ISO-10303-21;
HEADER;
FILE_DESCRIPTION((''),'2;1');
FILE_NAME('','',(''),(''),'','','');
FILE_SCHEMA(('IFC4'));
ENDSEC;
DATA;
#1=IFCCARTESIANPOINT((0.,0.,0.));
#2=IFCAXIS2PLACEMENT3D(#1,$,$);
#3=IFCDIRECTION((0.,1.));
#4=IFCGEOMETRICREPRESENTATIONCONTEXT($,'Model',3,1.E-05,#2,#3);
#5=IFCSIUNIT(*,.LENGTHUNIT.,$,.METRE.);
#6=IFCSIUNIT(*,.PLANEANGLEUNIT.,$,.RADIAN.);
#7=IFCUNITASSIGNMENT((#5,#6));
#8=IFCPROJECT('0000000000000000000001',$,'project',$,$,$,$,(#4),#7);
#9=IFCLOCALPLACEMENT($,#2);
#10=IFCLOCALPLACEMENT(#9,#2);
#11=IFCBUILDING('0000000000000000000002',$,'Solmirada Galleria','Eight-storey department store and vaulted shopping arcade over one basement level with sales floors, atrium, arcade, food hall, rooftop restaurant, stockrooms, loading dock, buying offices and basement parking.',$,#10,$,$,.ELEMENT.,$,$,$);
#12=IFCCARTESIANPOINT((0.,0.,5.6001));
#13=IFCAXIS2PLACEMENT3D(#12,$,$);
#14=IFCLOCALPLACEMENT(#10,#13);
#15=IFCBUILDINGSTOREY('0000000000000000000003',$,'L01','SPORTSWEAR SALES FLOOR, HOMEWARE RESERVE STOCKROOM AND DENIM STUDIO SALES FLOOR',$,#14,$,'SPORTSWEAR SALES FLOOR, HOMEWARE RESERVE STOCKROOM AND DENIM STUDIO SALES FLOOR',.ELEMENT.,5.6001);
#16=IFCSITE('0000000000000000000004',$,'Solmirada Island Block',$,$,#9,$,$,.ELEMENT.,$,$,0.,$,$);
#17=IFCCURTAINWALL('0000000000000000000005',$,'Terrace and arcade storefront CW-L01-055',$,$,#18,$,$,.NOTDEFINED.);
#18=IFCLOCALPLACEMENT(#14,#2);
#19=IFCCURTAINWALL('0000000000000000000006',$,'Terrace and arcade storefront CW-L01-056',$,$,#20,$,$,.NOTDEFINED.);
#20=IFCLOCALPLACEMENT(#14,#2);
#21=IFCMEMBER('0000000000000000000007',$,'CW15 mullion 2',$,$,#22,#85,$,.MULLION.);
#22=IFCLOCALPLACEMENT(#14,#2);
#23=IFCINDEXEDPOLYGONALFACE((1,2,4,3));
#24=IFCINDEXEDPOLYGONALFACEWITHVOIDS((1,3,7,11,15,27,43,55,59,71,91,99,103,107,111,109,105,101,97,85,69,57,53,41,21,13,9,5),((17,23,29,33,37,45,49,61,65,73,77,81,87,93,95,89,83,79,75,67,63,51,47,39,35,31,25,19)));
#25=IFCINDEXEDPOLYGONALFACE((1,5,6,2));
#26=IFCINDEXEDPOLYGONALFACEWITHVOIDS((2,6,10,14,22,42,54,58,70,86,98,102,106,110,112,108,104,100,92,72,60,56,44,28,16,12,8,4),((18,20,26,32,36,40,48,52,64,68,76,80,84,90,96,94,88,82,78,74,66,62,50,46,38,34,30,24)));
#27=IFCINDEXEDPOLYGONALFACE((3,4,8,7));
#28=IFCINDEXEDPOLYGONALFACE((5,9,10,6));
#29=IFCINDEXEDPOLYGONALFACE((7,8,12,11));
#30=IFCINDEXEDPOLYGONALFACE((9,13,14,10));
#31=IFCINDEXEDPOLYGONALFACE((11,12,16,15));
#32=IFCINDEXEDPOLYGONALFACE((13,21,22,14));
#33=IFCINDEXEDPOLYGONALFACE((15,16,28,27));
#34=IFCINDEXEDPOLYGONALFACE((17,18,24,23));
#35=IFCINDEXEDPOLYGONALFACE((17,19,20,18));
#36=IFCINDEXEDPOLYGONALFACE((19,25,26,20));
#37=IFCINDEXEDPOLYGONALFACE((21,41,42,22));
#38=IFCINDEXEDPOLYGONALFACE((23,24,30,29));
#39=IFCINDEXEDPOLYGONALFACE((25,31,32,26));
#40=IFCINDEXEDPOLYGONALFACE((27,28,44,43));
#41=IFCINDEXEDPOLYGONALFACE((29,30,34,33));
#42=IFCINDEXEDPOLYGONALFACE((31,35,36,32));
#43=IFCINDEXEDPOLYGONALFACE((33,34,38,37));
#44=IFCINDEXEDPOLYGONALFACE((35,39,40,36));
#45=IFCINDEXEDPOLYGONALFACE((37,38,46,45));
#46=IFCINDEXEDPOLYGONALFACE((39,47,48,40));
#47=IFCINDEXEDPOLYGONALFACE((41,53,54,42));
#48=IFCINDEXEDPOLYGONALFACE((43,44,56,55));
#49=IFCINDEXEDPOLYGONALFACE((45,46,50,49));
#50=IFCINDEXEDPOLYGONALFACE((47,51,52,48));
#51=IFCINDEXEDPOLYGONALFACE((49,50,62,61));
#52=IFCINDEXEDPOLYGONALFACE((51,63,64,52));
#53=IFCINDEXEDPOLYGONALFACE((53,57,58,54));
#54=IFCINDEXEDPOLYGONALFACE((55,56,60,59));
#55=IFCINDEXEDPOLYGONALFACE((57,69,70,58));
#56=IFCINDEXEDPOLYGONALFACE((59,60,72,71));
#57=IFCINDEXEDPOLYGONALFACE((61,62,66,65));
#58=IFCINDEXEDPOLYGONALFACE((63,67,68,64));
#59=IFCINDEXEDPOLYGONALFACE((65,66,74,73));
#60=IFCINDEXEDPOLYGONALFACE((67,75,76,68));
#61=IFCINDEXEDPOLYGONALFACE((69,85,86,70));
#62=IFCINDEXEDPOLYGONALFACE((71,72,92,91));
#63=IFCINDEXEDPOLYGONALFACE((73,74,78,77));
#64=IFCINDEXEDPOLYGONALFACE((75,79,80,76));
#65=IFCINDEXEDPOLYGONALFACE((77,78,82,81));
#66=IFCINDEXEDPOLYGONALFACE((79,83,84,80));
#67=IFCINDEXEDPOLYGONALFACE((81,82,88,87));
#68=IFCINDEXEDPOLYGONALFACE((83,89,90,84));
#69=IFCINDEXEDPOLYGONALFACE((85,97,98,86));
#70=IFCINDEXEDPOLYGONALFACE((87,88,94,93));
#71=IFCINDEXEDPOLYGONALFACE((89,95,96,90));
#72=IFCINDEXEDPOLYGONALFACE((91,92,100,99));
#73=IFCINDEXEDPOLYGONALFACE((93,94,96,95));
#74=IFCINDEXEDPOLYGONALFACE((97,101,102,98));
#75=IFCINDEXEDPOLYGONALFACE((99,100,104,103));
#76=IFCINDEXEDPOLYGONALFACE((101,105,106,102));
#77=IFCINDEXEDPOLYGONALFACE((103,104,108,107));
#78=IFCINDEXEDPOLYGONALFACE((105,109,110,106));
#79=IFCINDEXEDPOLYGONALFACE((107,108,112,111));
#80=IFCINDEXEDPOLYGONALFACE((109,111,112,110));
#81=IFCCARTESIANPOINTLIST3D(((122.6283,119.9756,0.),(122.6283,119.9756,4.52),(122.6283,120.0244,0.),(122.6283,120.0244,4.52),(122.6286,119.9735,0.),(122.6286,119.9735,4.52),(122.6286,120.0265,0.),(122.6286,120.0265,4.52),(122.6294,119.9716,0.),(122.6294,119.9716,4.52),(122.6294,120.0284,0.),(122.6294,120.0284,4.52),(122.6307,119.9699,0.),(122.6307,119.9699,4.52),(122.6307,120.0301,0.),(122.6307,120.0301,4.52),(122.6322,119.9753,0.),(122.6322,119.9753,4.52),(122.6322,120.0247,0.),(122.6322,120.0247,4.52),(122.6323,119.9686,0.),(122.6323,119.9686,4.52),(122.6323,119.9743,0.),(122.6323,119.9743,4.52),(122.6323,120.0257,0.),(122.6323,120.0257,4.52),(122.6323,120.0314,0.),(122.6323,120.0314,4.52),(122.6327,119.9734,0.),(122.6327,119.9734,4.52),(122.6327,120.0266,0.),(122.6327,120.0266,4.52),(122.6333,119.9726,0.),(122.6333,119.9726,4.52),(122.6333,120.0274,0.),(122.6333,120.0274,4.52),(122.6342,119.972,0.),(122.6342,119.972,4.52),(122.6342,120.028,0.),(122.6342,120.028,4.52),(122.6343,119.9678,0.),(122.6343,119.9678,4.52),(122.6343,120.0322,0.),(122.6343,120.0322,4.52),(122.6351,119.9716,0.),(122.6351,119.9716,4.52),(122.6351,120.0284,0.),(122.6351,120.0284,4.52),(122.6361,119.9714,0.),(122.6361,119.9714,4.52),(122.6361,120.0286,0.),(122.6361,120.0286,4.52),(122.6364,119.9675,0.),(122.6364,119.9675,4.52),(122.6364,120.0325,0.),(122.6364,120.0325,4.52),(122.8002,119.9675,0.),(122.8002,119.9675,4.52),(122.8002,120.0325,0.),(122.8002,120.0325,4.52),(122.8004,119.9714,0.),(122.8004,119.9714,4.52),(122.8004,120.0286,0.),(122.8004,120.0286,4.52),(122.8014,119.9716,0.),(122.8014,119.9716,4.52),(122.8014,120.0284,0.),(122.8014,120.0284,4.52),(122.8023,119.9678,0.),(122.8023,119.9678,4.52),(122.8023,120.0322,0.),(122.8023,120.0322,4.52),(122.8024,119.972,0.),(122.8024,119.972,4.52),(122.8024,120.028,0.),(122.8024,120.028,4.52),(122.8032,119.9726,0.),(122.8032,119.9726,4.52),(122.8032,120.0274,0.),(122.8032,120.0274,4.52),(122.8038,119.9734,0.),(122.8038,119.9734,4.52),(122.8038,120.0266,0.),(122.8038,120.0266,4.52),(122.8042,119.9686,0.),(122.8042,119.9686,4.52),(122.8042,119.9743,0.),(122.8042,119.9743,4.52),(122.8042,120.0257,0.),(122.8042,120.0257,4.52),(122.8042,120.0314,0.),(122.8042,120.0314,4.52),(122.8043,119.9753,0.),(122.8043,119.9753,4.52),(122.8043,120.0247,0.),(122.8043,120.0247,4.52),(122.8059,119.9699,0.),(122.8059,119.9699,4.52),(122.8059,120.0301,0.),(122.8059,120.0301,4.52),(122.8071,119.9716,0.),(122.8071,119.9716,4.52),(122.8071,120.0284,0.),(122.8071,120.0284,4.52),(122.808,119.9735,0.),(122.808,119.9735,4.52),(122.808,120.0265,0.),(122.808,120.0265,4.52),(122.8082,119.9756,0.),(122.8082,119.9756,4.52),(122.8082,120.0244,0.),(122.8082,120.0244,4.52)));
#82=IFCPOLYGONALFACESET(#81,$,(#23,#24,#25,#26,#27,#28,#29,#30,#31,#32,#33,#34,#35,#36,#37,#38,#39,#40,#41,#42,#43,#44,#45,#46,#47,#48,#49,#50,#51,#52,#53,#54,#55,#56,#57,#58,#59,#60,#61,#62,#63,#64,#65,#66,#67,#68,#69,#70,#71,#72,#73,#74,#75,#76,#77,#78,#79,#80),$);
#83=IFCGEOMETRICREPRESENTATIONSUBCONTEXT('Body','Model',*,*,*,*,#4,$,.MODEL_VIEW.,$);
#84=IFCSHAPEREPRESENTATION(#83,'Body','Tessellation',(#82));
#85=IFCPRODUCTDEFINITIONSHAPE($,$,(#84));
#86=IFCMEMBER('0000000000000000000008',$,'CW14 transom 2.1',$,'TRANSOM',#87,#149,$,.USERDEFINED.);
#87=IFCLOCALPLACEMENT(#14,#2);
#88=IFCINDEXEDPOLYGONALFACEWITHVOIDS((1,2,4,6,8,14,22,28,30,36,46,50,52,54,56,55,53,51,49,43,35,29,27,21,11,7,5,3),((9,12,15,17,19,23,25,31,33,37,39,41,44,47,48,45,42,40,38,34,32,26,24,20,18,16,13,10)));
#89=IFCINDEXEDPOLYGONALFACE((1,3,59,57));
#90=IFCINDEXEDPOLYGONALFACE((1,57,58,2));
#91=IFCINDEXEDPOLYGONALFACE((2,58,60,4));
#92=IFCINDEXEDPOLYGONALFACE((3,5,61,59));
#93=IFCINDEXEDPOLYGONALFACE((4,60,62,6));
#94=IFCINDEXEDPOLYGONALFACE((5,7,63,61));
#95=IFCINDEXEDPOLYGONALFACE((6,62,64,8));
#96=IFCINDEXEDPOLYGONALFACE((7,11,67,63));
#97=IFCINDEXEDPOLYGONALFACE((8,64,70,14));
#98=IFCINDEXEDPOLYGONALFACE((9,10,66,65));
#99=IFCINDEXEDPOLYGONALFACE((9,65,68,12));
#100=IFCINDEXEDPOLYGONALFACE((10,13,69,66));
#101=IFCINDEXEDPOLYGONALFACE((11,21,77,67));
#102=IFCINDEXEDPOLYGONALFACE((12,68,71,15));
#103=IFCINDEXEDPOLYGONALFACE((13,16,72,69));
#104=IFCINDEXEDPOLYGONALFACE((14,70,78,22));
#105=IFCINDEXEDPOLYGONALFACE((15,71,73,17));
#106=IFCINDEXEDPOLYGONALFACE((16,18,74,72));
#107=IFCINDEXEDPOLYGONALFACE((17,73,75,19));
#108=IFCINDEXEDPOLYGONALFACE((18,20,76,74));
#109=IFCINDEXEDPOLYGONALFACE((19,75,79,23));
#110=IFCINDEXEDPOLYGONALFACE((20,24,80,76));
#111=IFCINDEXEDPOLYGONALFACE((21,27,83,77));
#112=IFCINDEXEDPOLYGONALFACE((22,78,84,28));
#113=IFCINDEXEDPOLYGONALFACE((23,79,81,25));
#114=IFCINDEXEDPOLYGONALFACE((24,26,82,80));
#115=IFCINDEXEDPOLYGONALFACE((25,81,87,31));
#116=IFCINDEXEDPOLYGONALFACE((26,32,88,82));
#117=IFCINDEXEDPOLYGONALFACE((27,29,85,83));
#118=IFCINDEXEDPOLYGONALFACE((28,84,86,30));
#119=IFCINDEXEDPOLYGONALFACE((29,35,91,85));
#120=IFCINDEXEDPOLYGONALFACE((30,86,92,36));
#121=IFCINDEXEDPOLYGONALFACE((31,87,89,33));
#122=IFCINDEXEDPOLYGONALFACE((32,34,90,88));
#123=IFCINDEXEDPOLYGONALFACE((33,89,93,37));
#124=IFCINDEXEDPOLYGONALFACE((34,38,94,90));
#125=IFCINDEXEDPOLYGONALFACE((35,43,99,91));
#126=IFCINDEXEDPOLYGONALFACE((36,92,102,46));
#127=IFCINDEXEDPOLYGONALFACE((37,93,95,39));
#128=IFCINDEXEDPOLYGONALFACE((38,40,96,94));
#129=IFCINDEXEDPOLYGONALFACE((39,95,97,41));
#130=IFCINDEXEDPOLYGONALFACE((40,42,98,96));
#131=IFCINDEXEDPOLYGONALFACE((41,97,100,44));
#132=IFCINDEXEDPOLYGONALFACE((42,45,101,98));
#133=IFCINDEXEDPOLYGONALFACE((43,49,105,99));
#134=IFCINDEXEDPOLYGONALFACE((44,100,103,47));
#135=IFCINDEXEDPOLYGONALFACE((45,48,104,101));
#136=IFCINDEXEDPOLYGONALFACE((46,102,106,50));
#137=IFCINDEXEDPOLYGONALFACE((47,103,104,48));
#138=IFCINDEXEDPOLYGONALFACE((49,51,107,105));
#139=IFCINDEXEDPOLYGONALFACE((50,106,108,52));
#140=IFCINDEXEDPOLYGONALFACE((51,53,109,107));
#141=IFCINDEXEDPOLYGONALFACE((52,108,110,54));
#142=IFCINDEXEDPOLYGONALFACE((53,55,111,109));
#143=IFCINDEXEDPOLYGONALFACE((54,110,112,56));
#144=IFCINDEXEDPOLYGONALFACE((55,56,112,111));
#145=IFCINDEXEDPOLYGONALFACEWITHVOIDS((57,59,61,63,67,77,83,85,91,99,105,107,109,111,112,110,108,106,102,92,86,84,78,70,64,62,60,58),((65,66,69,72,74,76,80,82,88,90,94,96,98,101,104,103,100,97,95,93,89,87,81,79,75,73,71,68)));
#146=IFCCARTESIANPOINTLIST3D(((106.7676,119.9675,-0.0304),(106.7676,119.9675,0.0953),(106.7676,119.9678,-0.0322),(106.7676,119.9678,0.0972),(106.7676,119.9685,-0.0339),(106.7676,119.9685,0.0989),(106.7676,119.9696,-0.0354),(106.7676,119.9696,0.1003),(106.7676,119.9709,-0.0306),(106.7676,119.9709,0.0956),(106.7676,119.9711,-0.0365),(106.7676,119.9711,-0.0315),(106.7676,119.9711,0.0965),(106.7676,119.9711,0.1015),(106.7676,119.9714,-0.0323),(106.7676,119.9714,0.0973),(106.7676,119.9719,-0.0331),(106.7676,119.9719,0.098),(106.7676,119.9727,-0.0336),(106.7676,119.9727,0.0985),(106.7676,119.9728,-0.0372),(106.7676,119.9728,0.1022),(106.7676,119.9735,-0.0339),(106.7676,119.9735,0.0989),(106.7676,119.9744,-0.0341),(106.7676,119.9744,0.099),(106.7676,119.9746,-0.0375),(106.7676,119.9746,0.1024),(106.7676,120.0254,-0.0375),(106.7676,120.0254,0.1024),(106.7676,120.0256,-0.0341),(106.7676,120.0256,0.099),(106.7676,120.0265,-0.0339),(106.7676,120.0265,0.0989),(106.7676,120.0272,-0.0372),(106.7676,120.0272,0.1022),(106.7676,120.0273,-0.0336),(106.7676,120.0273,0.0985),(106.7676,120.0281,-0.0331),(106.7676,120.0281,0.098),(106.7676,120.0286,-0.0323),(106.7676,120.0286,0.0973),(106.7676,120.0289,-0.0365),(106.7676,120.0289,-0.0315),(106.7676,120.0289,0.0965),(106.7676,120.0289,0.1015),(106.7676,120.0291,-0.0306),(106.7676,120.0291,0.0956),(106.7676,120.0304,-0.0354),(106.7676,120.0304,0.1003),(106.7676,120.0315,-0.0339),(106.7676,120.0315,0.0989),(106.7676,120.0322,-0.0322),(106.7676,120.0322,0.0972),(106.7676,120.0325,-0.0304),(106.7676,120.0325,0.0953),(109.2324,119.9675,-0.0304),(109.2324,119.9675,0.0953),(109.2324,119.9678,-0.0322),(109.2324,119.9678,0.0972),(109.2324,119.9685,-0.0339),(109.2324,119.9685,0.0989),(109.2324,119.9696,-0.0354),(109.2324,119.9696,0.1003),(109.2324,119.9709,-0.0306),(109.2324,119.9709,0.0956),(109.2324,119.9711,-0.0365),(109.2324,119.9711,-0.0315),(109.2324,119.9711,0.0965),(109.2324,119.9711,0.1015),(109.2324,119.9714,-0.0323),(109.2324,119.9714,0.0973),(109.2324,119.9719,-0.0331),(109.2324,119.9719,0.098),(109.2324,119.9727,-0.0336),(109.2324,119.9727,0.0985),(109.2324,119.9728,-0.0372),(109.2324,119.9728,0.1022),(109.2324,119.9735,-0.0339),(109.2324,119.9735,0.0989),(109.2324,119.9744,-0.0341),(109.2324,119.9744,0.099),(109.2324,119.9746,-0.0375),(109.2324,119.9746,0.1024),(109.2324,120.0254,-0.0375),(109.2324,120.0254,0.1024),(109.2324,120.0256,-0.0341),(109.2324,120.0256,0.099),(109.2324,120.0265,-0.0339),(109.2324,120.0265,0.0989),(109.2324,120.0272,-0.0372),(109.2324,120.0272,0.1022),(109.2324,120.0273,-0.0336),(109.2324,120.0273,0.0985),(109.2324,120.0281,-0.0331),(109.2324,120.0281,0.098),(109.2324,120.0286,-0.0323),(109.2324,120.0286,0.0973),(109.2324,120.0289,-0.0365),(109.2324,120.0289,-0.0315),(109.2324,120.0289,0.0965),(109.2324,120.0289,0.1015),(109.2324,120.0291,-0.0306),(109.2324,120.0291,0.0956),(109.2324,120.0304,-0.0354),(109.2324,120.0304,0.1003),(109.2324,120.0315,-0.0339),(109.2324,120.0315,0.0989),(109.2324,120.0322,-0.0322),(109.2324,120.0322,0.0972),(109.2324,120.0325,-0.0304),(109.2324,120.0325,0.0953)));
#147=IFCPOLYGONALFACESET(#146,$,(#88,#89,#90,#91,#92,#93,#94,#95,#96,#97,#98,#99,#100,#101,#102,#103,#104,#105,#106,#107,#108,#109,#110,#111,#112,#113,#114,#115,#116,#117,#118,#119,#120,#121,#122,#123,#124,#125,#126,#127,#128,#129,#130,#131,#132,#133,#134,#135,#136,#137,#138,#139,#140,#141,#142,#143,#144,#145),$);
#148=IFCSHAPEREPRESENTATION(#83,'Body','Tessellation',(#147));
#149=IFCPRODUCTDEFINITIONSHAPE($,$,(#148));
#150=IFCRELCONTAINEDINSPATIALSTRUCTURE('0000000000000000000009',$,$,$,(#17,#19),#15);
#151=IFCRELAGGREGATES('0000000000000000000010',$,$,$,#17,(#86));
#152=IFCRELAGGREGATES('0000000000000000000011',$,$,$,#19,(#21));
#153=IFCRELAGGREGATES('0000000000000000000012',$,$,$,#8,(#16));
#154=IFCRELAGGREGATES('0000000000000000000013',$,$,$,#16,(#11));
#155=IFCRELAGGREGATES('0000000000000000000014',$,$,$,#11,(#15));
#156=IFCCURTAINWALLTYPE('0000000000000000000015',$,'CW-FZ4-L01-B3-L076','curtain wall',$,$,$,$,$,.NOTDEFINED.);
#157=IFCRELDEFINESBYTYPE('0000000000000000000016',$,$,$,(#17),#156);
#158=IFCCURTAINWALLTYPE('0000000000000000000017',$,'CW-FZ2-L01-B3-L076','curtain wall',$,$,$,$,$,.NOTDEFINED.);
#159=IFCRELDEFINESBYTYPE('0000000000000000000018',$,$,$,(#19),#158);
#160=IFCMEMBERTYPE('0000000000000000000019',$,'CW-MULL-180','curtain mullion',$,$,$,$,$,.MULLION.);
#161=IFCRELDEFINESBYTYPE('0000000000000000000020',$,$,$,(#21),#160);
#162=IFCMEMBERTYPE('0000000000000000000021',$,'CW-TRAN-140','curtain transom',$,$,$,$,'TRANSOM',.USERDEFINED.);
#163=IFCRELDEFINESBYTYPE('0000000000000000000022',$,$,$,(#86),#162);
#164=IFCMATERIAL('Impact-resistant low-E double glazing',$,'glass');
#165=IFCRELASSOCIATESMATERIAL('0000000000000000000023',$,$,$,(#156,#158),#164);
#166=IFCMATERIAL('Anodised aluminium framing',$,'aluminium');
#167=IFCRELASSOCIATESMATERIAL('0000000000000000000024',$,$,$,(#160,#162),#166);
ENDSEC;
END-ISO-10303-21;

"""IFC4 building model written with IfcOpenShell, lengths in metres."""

from ifc_helpers import new_model, si_unit, direction, frame, origin, origin_2d, place, context, subcontext, project, spatial, hollow_rectangle, extrude, material, material_profile, profile_set, type_object, element, aggregate, save


model = new_model("IFC4")

# Units and contexts
model_context = context("Model", 3, precision=1e-05, world=origin(), true_north=direction((0.0, 1.0)))
body_context = subcontext(model_context, "Body", "Model", "MODEL_VIEW")
ifc_project = project(units=[si_unit("LENGTHUNIT", "METRE"), si_unit("PLANEANGLEUNIT", "RADIAN")], contexts=[model_context])

# Site, building, storey
site_placement = place(None, origin())
site = spatial("IfcSite", under=ifc_project, at=site_placement, Name="Solmirada Island Block", CompositionType="ELEMENT", RefElevation=0.0)
building_placement = place(site_placement, origin())
building = spatial("IfcBuilding", under=site, at=building_placement, Name="Solmirada Galleria", Description="Eight-storey department store and vaulted shopping arcade over one basement level with sales floors, atrium, arcade, food hall, rooftop restaurant, stockrooms, loading dock, buying offices and basement parking.", CompositionType="ELEMENT")
storey_placement = place(building_placement, frame((0.0, 0.0, 5.6001)))
storey = spatial("IfcBuildingStorey", under=building, at=storey_placement, Name="L01", Description="SPORTSWEAR SALES FLOOR, HOMEWARE RESERVE STOCKROOM AND DENIM STUDIO SALES FLOOR", LongName="SPORTSWEAR SALES FLOOR, HOMEWARE RESERVE STOCKROOM AND DENIM STUDIO SALES FLOOR", CompositionType="ELEMENT", Elevation=5.6001)

# Curtain walls, member
ifc_material_1 = material(Name="Impact-resistant low-E double glazing", Category="glass")
curtain_wall_type_1 = type_object("IfcCurtainWallType", Name="CW-FZ4-L01-B3-L076", Description="curtain wall", PredefinedType="NOTDEFINED", material=ifc_material_1)
curtain_wall_1_placement = place(storey_placement, origin())
curtain_wall_1 = element("IfcCurtainWall", 1, at=curtain_wall_1_placement, inside=storey, type_object=curtain_wall_type_1, Name="Terrace and arcade storefront CW-L01-055", PredefinedType="NOTDEFINED")
ifc_material_2 = material(Name="Anodised aluminium framing", Category="aluminium")
ifc_material_profile_1 = material_profile(ifc_material_2, hollow_rectangle(XDim=0.0649, YDim=0.1799, WallThickness=0.0039, InnerFilletRadius=0.0039, OuterFilletRadius=0.0081, at=origin_2d()), Name="ALU-MULL-180X65")
ifc_profile_set_1 = profile_set([ifc_material_profile_1], Name="Anodised aluminium framing")
member_type_1 = type_object("IfcMemberType", Name="CW-MULL-180", Description="curtain mullion", PredefinedType="MULLION", material=ifc_profile_set_1)
curtain_wall_type_2 = type_object("IfcCurtainWallType", Name="CW-FZ2-L01-B3-L076", Description="curtain wall", PredefinedType="NOTDEFINED", material=ifc_material_1)
curtain_wall_2_placement = place(storey_placement, origin())
curtain_wall_2 = element("IfcCurtainWall", 2, at=curtain_wall_2_placement, inside=storey, type_object=curtain_wall_type_2, Name="Terrace and arcade storefront CW-L01-056", PredefinedType="NOTDEFINED")
member_1_placement = place(storey_placement, frame((122.7183, 120.0, 0.0), z_axis=(0.0, 0.0, 1.0), x_axis=(0.0, 1.0, 0.0)))
member_1 = element("IfcMember", 3, at=member_1_placement, type_object=member_type_1, Name="CW15 mullion 2", PredefinedType="MULLION", context=body_context, shape_type="SweptSolid", body=[
    extrude(hollow_rectangle(XDim=0.0649, YDim=0.1799, WallThickness=0.0039, InnerFilletRadius=0.0039, OuterFilletRadius=0.0081, at=origin_2d()), origin(), (0.0, 0.0, 1.0), 4.52),
])

# Member
ifc_material_profile_2 = material_profile(ifc_material_2, hollow_rectangle(XDim=0.0649, YDim=0.1399, WallThickness=0.0034, InnerFilletRadius=0.0034, OuterFilletRadius=0.0071, at=origin_2d()), Name="ALU-TRAN-140X65")
ifc_profile_set_2 = profile_set([ifc_material_profile_2], Name="Anodised aluminium framing")
member_type_2 = type_object("IfcMemberType", Name="CW-TRAN-140", Description="curtain transom", ElementType="TRANSOM", PredefinedType="USERDEFINED", material=ifc_profile_set_2)
member_2_placement = place(storey_placement, frame((106.7676, 120.0, 0.0325), z_axis=(1.0, 0.0, 0.0), x_axis=(0.0, 1.0, 0.0)))
member_2 = element("IfcMember", 4, at=member_2_placement, type_object=member_type_2, Name="CW14 transom 2.1", ObjectType="TRANSOM", PredefinedType="USERDEFINED", context=body_context, shape_type="SweptSolid", body=[
    extrude(hollow_rectangle(XDim=0.0649, YDim=0.1399, WallThickness=0.0034, InnerFilletRadius=0.0034, OuterFilletRadius=0.0071, at=origin_2d()), origin(), (0.0, 0.0, 1.0), 2.4648),
])

aggregate(curtain_wall_1, [member_2])
aggregate(curtain_wall_2, [member_1])

save(model, "model.ifc")
